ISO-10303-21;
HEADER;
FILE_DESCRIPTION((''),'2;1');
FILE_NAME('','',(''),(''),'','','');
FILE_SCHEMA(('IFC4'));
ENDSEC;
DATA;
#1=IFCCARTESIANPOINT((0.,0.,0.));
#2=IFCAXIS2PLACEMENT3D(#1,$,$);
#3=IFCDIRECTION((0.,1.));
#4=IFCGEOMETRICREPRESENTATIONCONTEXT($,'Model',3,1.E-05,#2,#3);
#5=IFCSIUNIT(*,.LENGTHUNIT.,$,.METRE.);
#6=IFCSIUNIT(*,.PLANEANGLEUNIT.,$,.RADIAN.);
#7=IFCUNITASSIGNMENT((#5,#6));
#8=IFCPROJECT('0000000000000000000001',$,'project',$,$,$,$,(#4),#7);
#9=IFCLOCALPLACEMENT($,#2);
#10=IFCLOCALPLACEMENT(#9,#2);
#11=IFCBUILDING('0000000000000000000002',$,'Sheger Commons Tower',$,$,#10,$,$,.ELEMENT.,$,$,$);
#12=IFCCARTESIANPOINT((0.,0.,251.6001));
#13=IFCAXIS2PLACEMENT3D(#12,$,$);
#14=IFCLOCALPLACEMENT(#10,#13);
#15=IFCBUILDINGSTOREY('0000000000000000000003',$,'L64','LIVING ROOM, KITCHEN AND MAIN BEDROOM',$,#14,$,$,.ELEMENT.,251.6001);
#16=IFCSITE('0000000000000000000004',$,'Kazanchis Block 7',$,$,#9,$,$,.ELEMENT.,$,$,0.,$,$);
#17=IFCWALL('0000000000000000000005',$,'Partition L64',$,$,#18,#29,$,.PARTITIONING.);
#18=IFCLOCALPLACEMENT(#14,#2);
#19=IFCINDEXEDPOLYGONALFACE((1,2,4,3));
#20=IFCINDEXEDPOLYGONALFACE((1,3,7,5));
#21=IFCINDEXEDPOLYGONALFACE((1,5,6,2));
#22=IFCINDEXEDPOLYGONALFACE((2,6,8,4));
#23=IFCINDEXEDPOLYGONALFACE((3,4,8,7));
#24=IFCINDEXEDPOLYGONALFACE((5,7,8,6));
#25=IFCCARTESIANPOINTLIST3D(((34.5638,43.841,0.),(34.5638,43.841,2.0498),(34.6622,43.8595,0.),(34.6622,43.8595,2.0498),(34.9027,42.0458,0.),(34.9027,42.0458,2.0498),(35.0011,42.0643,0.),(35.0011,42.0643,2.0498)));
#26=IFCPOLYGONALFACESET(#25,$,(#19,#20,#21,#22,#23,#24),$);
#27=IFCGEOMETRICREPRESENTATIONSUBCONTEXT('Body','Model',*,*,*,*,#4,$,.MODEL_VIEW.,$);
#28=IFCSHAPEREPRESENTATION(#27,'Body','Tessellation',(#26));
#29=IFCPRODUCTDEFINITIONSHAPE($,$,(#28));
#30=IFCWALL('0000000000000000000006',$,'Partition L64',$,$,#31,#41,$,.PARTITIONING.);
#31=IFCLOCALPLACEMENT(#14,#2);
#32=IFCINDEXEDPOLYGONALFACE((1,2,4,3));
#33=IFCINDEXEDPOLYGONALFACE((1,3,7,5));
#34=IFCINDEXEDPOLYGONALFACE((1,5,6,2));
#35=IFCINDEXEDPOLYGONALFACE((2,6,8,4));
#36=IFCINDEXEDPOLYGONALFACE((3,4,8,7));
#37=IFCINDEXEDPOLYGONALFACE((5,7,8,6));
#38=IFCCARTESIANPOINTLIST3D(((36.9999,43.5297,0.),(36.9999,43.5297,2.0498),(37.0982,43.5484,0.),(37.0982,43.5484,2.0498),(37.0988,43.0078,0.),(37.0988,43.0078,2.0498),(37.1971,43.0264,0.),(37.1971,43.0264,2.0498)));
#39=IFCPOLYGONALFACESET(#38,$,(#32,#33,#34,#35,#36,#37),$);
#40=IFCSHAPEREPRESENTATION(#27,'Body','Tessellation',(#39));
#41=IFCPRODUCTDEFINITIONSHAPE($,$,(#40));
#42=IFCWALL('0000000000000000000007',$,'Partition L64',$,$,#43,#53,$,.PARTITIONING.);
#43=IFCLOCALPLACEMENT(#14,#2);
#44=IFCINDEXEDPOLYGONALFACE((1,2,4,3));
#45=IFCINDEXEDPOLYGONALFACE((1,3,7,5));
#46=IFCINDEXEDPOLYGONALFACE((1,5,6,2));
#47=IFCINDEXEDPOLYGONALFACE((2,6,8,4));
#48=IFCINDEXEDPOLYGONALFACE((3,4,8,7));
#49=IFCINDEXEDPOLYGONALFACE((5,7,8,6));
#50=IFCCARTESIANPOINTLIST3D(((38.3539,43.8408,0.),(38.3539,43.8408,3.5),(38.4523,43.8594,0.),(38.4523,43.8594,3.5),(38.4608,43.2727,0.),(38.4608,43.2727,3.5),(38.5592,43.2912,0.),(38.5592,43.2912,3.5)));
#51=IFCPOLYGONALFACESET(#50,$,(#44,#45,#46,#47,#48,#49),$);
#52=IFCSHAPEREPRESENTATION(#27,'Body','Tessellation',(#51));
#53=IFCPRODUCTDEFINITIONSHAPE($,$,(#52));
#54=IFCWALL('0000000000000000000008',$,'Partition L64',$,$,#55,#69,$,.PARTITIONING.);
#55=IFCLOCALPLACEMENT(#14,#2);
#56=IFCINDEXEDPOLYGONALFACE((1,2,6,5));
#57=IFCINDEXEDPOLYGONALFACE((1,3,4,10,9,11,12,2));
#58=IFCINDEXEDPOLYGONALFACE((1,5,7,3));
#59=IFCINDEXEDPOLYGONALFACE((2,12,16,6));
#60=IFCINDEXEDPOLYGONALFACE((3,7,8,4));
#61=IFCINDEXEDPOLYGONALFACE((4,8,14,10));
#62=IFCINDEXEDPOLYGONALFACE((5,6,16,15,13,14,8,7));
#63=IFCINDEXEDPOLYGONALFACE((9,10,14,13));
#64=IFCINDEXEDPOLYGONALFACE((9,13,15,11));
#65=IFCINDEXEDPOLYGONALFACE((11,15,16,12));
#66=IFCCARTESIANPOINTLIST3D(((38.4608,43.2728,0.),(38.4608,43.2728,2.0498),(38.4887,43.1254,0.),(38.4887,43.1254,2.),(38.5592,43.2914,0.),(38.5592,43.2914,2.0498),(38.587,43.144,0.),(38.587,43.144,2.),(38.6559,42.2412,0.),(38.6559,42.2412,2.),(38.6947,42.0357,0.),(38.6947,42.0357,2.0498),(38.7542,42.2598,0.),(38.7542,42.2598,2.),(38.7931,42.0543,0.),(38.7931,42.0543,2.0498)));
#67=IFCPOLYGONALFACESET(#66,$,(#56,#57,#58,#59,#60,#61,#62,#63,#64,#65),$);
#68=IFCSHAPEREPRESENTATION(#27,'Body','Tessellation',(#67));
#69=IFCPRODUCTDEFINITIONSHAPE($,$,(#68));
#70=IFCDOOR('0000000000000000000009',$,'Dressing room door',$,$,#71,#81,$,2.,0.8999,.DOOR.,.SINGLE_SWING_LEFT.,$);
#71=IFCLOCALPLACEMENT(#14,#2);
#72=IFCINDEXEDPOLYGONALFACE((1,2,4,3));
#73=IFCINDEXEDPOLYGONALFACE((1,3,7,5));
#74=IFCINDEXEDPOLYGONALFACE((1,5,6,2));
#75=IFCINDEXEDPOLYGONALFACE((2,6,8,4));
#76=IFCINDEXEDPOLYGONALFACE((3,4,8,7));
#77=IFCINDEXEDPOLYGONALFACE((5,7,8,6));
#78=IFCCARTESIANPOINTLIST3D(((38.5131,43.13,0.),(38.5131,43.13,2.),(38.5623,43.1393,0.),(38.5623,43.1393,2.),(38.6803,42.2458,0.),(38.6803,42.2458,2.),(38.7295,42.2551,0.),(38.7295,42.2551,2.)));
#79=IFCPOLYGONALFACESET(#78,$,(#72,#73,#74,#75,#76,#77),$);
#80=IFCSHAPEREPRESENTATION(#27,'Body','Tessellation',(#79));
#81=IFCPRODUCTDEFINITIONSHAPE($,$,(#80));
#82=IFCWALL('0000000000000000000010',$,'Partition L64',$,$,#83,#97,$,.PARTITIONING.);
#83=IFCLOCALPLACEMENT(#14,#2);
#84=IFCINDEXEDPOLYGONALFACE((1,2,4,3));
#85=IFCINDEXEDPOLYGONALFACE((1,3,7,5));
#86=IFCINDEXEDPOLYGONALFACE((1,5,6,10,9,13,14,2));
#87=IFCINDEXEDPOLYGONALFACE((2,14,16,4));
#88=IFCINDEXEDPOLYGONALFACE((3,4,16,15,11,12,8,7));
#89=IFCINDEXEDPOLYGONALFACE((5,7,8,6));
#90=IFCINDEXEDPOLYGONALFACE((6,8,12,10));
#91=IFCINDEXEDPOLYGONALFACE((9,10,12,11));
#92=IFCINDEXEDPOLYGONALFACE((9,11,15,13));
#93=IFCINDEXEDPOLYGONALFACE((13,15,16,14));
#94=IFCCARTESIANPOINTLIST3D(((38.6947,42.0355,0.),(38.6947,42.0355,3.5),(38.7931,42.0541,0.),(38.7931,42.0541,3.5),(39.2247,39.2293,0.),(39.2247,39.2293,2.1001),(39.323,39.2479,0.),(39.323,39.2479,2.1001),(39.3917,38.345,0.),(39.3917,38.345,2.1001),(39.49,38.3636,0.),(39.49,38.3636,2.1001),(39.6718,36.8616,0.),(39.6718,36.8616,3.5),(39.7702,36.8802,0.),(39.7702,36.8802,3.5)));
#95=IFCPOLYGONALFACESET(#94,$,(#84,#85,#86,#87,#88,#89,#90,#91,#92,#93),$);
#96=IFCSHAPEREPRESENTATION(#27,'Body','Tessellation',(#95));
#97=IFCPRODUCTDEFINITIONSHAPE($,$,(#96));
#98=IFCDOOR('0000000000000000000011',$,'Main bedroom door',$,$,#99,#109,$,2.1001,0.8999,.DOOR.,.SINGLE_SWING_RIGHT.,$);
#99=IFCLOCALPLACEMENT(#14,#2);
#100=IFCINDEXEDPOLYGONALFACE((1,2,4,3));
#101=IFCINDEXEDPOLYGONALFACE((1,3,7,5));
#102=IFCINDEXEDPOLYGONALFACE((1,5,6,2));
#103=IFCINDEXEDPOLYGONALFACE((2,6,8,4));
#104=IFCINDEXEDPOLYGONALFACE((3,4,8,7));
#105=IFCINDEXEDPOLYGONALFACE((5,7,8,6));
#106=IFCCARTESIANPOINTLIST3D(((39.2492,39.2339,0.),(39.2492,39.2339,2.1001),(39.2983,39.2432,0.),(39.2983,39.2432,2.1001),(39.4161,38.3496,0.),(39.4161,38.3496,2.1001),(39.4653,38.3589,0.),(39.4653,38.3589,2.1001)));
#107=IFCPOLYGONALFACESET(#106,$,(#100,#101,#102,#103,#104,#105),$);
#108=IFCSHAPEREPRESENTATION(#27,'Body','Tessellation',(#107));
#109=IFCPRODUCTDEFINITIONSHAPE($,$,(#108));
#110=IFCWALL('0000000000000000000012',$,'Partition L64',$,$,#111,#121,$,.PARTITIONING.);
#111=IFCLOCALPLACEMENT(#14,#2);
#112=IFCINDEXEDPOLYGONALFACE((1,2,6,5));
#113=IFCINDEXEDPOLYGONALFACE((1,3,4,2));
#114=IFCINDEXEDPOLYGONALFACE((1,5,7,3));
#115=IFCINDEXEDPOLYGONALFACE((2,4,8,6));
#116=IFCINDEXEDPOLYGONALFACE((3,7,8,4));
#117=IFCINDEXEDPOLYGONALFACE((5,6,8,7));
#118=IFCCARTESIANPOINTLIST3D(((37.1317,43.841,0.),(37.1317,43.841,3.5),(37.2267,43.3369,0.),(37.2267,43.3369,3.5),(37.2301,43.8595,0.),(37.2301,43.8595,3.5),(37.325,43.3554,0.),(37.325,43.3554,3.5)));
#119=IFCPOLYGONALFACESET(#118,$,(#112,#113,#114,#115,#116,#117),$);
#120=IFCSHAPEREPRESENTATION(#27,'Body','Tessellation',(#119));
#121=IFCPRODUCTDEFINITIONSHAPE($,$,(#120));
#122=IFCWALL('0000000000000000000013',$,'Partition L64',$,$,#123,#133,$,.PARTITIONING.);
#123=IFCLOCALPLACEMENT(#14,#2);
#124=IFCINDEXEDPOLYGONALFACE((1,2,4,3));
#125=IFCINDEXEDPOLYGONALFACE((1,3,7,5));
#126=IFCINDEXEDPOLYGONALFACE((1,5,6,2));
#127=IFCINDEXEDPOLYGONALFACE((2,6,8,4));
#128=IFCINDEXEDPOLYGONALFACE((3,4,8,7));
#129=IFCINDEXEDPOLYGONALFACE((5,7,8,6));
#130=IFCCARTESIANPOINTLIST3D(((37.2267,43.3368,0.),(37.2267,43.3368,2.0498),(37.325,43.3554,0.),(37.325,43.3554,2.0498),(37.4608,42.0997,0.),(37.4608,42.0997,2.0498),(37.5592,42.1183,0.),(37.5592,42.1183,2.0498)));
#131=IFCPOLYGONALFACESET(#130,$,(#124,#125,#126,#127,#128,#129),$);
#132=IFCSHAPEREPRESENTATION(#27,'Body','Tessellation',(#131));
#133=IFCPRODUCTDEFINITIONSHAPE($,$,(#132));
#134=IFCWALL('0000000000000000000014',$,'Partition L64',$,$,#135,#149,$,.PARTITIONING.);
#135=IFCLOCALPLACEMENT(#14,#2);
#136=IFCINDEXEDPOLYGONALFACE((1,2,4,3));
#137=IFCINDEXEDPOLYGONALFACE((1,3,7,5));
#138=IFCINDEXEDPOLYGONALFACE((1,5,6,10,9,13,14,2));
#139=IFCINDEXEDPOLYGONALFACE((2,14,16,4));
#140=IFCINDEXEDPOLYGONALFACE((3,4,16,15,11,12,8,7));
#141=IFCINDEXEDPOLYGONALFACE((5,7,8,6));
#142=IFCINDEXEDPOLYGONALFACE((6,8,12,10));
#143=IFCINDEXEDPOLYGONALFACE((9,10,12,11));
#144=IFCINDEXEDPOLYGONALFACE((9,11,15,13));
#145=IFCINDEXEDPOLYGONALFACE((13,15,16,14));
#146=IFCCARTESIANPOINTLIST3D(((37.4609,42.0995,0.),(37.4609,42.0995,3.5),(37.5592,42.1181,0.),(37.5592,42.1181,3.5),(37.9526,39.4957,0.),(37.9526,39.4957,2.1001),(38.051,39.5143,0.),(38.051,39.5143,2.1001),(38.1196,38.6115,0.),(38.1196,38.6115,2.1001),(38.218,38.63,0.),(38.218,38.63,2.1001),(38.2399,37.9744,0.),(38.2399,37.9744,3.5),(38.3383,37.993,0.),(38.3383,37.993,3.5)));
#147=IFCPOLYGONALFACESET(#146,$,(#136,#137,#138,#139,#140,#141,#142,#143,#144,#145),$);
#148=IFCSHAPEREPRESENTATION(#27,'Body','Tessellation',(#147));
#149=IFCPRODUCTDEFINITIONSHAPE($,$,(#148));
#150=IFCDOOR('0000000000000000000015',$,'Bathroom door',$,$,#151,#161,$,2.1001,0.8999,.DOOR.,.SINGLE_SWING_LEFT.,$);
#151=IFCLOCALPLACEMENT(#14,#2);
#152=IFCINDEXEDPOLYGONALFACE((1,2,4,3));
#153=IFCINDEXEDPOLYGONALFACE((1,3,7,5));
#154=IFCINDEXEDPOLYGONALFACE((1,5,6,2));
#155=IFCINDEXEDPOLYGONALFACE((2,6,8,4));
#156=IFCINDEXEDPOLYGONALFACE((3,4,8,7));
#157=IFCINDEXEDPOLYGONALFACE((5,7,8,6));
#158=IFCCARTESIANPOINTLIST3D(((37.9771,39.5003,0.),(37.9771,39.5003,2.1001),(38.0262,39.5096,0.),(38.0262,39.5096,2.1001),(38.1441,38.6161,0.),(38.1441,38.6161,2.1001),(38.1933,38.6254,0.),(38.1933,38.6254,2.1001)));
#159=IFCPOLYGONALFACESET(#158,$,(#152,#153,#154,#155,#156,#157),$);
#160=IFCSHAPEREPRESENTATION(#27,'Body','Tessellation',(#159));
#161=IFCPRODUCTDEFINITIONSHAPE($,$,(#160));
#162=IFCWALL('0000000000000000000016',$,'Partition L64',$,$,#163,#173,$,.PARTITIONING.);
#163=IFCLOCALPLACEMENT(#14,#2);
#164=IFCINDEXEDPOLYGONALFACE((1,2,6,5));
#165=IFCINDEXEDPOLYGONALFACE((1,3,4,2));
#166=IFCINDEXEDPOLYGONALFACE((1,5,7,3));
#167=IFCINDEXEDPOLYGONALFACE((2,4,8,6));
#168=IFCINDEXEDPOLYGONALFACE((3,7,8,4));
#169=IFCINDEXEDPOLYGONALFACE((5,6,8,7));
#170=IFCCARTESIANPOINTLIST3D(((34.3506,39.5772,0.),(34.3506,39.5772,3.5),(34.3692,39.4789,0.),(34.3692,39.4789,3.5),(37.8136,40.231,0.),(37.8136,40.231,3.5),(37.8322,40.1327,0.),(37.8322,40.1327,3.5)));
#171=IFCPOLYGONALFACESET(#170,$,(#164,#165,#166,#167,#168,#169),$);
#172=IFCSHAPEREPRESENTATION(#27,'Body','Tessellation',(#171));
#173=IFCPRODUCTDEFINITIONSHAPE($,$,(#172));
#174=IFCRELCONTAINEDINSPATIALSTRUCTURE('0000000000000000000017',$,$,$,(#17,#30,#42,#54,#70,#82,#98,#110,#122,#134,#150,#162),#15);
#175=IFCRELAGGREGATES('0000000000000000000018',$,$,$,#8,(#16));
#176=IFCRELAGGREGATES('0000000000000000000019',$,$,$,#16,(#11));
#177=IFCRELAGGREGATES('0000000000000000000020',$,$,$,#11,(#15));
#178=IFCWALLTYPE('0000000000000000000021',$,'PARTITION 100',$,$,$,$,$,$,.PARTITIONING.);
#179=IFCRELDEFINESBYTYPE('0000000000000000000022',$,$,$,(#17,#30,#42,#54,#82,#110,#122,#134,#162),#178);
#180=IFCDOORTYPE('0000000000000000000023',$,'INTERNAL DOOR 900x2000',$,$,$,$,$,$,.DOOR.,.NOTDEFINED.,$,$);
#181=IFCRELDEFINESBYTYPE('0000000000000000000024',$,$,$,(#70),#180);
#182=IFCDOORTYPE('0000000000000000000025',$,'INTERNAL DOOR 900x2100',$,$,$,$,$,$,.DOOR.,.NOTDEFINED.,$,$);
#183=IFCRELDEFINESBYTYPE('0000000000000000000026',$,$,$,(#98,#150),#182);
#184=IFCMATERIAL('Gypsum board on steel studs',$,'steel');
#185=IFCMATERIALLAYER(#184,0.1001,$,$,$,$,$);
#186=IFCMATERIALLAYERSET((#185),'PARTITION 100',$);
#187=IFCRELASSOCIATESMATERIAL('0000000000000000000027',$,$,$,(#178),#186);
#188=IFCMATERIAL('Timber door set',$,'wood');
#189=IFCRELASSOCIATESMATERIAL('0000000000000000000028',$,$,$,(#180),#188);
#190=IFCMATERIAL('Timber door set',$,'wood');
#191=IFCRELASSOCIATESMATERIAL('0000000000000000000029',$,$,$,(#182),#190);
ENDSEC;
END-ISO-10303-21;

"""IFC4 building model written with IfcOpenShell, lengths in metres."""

from ifc_helpers import new_model, si_unit, direction, frame, frame_2d, origin, place, context, subcontext, project, spatial, rectangle, extrude, material, layer, layer_set, type_object, element, fill, save


model = new_model("IFC4")

# Units and contexts
model_context = context("Model", 3, precision=1e-05, world=origin(), true_north=direction((0.0, 1.0)))
body_context = subcontext(model_context, "Body", "Model", "MODEL_VIEW")
ifc_project = project(units=[si_unit("LENGTHUNIT", "METRE"), si_unit("PLANEANGLEUNIT", "RADIAN")], contexts=[model_context])

# Site, building, storey
site_placement = place(None, origin())
site = spatial("IfcSite", under=ifc_project, at=site_placement, Name="Kazanchis Block 7", CompositionType="ELEMENT", RefElevation=0.0)
building_placement = place(site_placement, origin())
building = spatial("IfcBuilding", under=site, at=building_placement, Name="Sheger Commons Tower", CompositionType="ELEMENT")
storey_placement = place(building_placement, frame((0.0, 0.0, 251.6001)))
storey = spatial("IfcBuildingStorey", under=building, at=storey_placement, Name="L64", Description="LIVING ROOM, KITCHEN AND MAIN BEDROOM", CompositionType="ELEMENT", Elevation=251.6001)

# Walls
ifc_material_1 = material(Name="Gypsum board on steel studs", Category="steel")
ifc_layer_1 = layer(ifc_material_1, 0.1001)
ifc_layer_set_1 = layer_set([ifc_layer_1], Name="PARTITION 100")
wall_type_1 = type_object("IfcWallType", Name="PARTITION 100", PredefinedType="PARTITIONING", material=ifc_layer_set_1)
wall_1_placement = place(storey_placement, frame((34.9519, 42.0549, 0.0), z_axis=(0.0, 0.0, 1.0), x_axis=(-0.185491, 0.982646, 0.0)))
element("IfcWall", 1, at=wall_1_placement, inside=storey, type_object=wall_type_1, Name="Partition L64", PredefinedType="PARTITIONING", context=body_context, shape_type="SweptSolid", body=[
    extrude(rectangle(XDim=1.8269, YDim=0.1001, at=frame_2d((0.9136, 0.0))), origin(), (0.0, 0.0, 1.0), 2.0498),
])
wall_2_placement = place(storey_placement, frame((37.0491, 43.5391, 0.0), z_axis=(0.0, 0.0, 1.0), x_axis=(0.186119, -0.982527, 0.0)))
element("IfcWall", 2, at=wall_2_placement, inside=storey, type_object=wall_type_1, Name="Partition L64", PredefinedType="PARTITIONING", context=body_context, shape_type="SweptSolid", body=[
    extrude(rectangle(XDim=0.5312, YDim=0.1001, at=frame_2d((0.2656, 0.0))), origin(), (0.0, 0.0, 1.0), 2.0498),
])
wall_3_placement = place(storey_placement, frame((38.4031, 43.8501, 0.0), z_axis=(0.0, 0.0, 1.0), x_axis=(0.184977, -0.982743, 0.0)))
element("IfcWall", 3, at=wall_3_placement, inside=storey, type_object=wall_type_1, Name="Partition L64", PredefinedType="PARTITIONING", context=body_context, shape_type="SweptSolid", body=[
    extrude(rectangle(XDim=0.5781, YDim=0.1001, at=frame_2d((0.2891, 0.0))), origin(), (0.0, 0.0, 1.0), 3.5),
])

# Walls, openings, doors
wall_4_placement = place(storey_placement, frame((38.51, 43.282, 0.0), z_axis=(0.0, 0.0, 1.0), x_axis=(0.185775, -0.982592, 0.0)))
wall_4 = element("IfcWall", 4, at=wall_4_placement, inside=storey, type_object=wall_type_1, Name="Partition L64", PredefinedType="PARTITIONING", context=body_context, shape_type="SweptSolid", body=[
    extrude(rectangle(XDim=1.259, YDim=0.1001, at=frame_2d((0.6294, 0.0))), origin(), (0.0, 0.0, 1.0), 2.0498),
])
opening_1_placement = place(wall_4_placement, frame((0.1499, 0.0, 0.0)))
opening_1 = element("IfcOpeningElement", 5, at=opening_1_placement, cuts=wall_4, PredefinedType="OPENING", context=body_context, shape_type="SweptSolid", body=[
    extrude(rectangle(XDim=0.8999, YDim=2.0, at=frame_2d((0.45, 1.0))), frame((0.0, 0.0601, 0.0), z_axis=(0.0, -1.0, 0.0), x_axis=(1.0, 0.0, 0.0)), (0.0, 0.0, 1.0), 0.1201),
])
ifc_material_2 = material(Name="Timber door set", Category="wood")
door_type_1 = type_object("IfcDoorType", Name="INTERNAL DOOR 900x2000", OperationType="NOTDEFINED", PredefinedType="DOOR", material=ifc_material_2)
door_1_placement = place(opening_1_placement, origin())
door_1 = element("IfcDoor", 6, at=door_1_placement, inside=storey, type_object=door_type_1, Name="Dressing room door", OperationType="SINGLE_SWING_LEFT", OverallHeight=2.0, OverallWidth=0.8999, PredefinedType="DOOR", context=body_context, shape_type="SweptSolid", body=[
    extrude(rectangle(XDim=0.8999, YDim=2.0, at=frame_2d((0.45, 1.0))), frame((0.0, 0.0249, 0.0), z_axis=(0.0, -1.0, 0.0), x_axis=(1.0, 0.0, 0.0)), (0.0, 0.0, 1.0), 0.05),
])
fill(opening_1, door_1)
wall_5_placement = place(storey_placement, frame((38.7439, 42.0449, 0.0), z_axis=(0.0, 0.0, 1.0), x_axis=(0.185565, -0.982632, 0.0)))
wall_5 = element("IfcWall", 7, at=wall_5_placement, inside=storey, type_object=wall_type_1, Name="Partition L64", PredefinedType="PARTITIONING", context=body_context, shape_type="SweptSolid", body=[
    extrude(rectangle(XDim=5.2654, YDim=0.1001, at=frame_2d((2.6328, 0.0))), origin(), (0.0, 0.0, 1.0), 3.5),
])
opening_2_placement = place(wall_5_placement, frame((2.856, 0.0, 0.0)))
opening_2 = element("IfcOpeningElement", 8, at=opening_2_placement, cuts=wall_5, PredefinedType="OPENING", context=body_context, shape_type="SweptSolid", body=[
    extrude(rectangle(XDim=0.8999, YDim=2.1001, at=frame_2d((0.45, 1.05))), frame((0.0, 0.0601, 0.0), z_axis=(0.0, -1.0, 0.0), x_axis=(1.0, 0.0, 0.0)), (0.0, 0.0, 1.0), 0.1201),
])
ifc_material_3 = material(Name="Timber door set", Category="wood")
door_type_2 = type_object("IfcDoorType", Name="INTERNAL DOOR 900x2100", OperationType="NOTDEFINED", PredefinedType="DOOR", material=ifc_material_3)
door_2_placement = place(opening_2_placement, origin())
door_2 = element("IfcDoor", 9, at=door_2_placement, inside=storey, type_object=door_type_2, Name="Main bedroom door", OperationType="SINGLE_SWING_RIGHT", OverallHeight=2.1001, OverallWidth=0.8999, PredefinedType="DOOR", context=body_context, shape_type="SweptSolid", body=[
    extrude(rectangle(XDim=0.8999, YDim=2.1001, at=frame_2d((0.45, 1.05))), frame((0.0, 0.0249, 0.0), z_axis=(0.0, -1.0, 0.0), x_axis=(1.0, 0.0, 0.0)), (0.0, 0.0, 1.0), 0.05),
])
fill(opening_2, door_2)

# Walls
wall_6_placement = place(storey_placement, frame((37.1809, 43.8501, 0.0), z_axis=(0.0, 0.0, 1.0), x_axis=(0.185122, -0.982716, 0.0)))
element("IfcWall", 10, at=wall_6_placement, inside=storey, type_object=wall_type_1, Name="Partition L64", PredefinedType="PARTITIONING", context=body_context, shape_type="SweptSolid", body=[
    extrude(rectangle(XDim=0.5129, YDim=0.1001, at=frame_2d((0.2563, 0.0))), origin(), (0.0, 0.0, 1.0), 3.5),
])
wall_7_placement = place(storey_placement, frame((37.2759, 43.3459, 0.0), z_axis=(0.0, 0.0, 1.0), x_axis=(0.185963, -0.982557, 0.0)))
element("IfcWall", 11, at=wall_7_placement, inside=storey, type_object=wall_type_1, Name="Partition L64", PredefinedType="PARTITIONING", context=body_context, shape_type="SweptSolid", body=[
    extrude(rectangle(XDim=1.259, YDim=0.1001, at=frame_2d((0.6294, 0.0))), origin(), (0.0, 0.0, 1.0), 2.0498),
])

# Wall, opening, door
wall_8_placement = place(storey_placement, frame((37.51, 42.1089, 0.0), z_axis=(0.0, 0.0, 1.0), x_axis=(0.185581, -0.982629, 0.0)))
wall_8 = element("IfcWall", 12, at=wall_8_placement, inside=storey, type_object=wall_type_1, Name="Partition L64", PredefinedType="PARTITIONING", context=body_context, shape_type="SweptSolid", body=[
    extrude(rectangle(XDim=4.198, YDim=0.1001, at=frame_2d((2.0991, 0.0))), origin(), (0.0, 0.0, 1.0), 3.5),
])
opening_3_placement = place(wall_8_placement, frame((2.6499, 0.0, 0.0)))
opening_3 = element("IfcOpeningElement", 13, at=opening_3_placement, cuts=wall_8, PredefinedType="OPENING", context=body_context, shape_type="SweptSolid", body=[
    extrude(rectangle(XDim=0.8999, YDim=2.1001, at=frame_2d((0.45, 1.05))), frame((0.0, 0.0601, 0.0), z_axis=(0.0, -1.0, 0.0), x_axis=(1.0, 0.0, 0.0)), (0.0, 0.0, 1.0), 0.1201),
])
door_3_placement = place(opening_3_placement, origin())
door_3 = element("IfcDoor", 14, at=door_3_placement, inside=storey, type_object=door_type_2, Name="Bathroom door", OperationType="SINGLE_SWING_LEFT", OverallHeight=2.1001, OverallWidth=0.8999, PredefinedType="DOOR", context=body_context, shape_type="SweptSolid", body=[
    extrude(rectangle(XDim=0.8999, YDim=2.1001, at=frame_2d((0.45, 1.05))), frame((0.0, 0.0249, 0.0), z_axis=(0.0, -1.0, 0.0), x_axis=(1.0, 0.0, 0.0)), (0.0, 0.0, 1.0), 0.05),
])
fill(opening_3, door_3)

# Wall
wall_9_placement = place(storey_placement, frame((37.823, 40.1819, 0.0), z_axis=(0.0, 0.0, 1.0), x_axis=(-0.982639, -0.185527, 0.0)))
element("IfcWall", 15, at=wall_9_placement, inside=storey, type_object=wall_type_1, Name="Partition L64", PredefinedType="PARTITIONING", context=body_context, shape_type="SweptSolid", body=[
    extrude(rectangle(XDim=3.5242, YDim=0.1001, at=frame_2d((1.7622, 0.0))), origin(), (0.0, 0.0, 1.0), 3.5),
])

save(model, "model.ifc")
